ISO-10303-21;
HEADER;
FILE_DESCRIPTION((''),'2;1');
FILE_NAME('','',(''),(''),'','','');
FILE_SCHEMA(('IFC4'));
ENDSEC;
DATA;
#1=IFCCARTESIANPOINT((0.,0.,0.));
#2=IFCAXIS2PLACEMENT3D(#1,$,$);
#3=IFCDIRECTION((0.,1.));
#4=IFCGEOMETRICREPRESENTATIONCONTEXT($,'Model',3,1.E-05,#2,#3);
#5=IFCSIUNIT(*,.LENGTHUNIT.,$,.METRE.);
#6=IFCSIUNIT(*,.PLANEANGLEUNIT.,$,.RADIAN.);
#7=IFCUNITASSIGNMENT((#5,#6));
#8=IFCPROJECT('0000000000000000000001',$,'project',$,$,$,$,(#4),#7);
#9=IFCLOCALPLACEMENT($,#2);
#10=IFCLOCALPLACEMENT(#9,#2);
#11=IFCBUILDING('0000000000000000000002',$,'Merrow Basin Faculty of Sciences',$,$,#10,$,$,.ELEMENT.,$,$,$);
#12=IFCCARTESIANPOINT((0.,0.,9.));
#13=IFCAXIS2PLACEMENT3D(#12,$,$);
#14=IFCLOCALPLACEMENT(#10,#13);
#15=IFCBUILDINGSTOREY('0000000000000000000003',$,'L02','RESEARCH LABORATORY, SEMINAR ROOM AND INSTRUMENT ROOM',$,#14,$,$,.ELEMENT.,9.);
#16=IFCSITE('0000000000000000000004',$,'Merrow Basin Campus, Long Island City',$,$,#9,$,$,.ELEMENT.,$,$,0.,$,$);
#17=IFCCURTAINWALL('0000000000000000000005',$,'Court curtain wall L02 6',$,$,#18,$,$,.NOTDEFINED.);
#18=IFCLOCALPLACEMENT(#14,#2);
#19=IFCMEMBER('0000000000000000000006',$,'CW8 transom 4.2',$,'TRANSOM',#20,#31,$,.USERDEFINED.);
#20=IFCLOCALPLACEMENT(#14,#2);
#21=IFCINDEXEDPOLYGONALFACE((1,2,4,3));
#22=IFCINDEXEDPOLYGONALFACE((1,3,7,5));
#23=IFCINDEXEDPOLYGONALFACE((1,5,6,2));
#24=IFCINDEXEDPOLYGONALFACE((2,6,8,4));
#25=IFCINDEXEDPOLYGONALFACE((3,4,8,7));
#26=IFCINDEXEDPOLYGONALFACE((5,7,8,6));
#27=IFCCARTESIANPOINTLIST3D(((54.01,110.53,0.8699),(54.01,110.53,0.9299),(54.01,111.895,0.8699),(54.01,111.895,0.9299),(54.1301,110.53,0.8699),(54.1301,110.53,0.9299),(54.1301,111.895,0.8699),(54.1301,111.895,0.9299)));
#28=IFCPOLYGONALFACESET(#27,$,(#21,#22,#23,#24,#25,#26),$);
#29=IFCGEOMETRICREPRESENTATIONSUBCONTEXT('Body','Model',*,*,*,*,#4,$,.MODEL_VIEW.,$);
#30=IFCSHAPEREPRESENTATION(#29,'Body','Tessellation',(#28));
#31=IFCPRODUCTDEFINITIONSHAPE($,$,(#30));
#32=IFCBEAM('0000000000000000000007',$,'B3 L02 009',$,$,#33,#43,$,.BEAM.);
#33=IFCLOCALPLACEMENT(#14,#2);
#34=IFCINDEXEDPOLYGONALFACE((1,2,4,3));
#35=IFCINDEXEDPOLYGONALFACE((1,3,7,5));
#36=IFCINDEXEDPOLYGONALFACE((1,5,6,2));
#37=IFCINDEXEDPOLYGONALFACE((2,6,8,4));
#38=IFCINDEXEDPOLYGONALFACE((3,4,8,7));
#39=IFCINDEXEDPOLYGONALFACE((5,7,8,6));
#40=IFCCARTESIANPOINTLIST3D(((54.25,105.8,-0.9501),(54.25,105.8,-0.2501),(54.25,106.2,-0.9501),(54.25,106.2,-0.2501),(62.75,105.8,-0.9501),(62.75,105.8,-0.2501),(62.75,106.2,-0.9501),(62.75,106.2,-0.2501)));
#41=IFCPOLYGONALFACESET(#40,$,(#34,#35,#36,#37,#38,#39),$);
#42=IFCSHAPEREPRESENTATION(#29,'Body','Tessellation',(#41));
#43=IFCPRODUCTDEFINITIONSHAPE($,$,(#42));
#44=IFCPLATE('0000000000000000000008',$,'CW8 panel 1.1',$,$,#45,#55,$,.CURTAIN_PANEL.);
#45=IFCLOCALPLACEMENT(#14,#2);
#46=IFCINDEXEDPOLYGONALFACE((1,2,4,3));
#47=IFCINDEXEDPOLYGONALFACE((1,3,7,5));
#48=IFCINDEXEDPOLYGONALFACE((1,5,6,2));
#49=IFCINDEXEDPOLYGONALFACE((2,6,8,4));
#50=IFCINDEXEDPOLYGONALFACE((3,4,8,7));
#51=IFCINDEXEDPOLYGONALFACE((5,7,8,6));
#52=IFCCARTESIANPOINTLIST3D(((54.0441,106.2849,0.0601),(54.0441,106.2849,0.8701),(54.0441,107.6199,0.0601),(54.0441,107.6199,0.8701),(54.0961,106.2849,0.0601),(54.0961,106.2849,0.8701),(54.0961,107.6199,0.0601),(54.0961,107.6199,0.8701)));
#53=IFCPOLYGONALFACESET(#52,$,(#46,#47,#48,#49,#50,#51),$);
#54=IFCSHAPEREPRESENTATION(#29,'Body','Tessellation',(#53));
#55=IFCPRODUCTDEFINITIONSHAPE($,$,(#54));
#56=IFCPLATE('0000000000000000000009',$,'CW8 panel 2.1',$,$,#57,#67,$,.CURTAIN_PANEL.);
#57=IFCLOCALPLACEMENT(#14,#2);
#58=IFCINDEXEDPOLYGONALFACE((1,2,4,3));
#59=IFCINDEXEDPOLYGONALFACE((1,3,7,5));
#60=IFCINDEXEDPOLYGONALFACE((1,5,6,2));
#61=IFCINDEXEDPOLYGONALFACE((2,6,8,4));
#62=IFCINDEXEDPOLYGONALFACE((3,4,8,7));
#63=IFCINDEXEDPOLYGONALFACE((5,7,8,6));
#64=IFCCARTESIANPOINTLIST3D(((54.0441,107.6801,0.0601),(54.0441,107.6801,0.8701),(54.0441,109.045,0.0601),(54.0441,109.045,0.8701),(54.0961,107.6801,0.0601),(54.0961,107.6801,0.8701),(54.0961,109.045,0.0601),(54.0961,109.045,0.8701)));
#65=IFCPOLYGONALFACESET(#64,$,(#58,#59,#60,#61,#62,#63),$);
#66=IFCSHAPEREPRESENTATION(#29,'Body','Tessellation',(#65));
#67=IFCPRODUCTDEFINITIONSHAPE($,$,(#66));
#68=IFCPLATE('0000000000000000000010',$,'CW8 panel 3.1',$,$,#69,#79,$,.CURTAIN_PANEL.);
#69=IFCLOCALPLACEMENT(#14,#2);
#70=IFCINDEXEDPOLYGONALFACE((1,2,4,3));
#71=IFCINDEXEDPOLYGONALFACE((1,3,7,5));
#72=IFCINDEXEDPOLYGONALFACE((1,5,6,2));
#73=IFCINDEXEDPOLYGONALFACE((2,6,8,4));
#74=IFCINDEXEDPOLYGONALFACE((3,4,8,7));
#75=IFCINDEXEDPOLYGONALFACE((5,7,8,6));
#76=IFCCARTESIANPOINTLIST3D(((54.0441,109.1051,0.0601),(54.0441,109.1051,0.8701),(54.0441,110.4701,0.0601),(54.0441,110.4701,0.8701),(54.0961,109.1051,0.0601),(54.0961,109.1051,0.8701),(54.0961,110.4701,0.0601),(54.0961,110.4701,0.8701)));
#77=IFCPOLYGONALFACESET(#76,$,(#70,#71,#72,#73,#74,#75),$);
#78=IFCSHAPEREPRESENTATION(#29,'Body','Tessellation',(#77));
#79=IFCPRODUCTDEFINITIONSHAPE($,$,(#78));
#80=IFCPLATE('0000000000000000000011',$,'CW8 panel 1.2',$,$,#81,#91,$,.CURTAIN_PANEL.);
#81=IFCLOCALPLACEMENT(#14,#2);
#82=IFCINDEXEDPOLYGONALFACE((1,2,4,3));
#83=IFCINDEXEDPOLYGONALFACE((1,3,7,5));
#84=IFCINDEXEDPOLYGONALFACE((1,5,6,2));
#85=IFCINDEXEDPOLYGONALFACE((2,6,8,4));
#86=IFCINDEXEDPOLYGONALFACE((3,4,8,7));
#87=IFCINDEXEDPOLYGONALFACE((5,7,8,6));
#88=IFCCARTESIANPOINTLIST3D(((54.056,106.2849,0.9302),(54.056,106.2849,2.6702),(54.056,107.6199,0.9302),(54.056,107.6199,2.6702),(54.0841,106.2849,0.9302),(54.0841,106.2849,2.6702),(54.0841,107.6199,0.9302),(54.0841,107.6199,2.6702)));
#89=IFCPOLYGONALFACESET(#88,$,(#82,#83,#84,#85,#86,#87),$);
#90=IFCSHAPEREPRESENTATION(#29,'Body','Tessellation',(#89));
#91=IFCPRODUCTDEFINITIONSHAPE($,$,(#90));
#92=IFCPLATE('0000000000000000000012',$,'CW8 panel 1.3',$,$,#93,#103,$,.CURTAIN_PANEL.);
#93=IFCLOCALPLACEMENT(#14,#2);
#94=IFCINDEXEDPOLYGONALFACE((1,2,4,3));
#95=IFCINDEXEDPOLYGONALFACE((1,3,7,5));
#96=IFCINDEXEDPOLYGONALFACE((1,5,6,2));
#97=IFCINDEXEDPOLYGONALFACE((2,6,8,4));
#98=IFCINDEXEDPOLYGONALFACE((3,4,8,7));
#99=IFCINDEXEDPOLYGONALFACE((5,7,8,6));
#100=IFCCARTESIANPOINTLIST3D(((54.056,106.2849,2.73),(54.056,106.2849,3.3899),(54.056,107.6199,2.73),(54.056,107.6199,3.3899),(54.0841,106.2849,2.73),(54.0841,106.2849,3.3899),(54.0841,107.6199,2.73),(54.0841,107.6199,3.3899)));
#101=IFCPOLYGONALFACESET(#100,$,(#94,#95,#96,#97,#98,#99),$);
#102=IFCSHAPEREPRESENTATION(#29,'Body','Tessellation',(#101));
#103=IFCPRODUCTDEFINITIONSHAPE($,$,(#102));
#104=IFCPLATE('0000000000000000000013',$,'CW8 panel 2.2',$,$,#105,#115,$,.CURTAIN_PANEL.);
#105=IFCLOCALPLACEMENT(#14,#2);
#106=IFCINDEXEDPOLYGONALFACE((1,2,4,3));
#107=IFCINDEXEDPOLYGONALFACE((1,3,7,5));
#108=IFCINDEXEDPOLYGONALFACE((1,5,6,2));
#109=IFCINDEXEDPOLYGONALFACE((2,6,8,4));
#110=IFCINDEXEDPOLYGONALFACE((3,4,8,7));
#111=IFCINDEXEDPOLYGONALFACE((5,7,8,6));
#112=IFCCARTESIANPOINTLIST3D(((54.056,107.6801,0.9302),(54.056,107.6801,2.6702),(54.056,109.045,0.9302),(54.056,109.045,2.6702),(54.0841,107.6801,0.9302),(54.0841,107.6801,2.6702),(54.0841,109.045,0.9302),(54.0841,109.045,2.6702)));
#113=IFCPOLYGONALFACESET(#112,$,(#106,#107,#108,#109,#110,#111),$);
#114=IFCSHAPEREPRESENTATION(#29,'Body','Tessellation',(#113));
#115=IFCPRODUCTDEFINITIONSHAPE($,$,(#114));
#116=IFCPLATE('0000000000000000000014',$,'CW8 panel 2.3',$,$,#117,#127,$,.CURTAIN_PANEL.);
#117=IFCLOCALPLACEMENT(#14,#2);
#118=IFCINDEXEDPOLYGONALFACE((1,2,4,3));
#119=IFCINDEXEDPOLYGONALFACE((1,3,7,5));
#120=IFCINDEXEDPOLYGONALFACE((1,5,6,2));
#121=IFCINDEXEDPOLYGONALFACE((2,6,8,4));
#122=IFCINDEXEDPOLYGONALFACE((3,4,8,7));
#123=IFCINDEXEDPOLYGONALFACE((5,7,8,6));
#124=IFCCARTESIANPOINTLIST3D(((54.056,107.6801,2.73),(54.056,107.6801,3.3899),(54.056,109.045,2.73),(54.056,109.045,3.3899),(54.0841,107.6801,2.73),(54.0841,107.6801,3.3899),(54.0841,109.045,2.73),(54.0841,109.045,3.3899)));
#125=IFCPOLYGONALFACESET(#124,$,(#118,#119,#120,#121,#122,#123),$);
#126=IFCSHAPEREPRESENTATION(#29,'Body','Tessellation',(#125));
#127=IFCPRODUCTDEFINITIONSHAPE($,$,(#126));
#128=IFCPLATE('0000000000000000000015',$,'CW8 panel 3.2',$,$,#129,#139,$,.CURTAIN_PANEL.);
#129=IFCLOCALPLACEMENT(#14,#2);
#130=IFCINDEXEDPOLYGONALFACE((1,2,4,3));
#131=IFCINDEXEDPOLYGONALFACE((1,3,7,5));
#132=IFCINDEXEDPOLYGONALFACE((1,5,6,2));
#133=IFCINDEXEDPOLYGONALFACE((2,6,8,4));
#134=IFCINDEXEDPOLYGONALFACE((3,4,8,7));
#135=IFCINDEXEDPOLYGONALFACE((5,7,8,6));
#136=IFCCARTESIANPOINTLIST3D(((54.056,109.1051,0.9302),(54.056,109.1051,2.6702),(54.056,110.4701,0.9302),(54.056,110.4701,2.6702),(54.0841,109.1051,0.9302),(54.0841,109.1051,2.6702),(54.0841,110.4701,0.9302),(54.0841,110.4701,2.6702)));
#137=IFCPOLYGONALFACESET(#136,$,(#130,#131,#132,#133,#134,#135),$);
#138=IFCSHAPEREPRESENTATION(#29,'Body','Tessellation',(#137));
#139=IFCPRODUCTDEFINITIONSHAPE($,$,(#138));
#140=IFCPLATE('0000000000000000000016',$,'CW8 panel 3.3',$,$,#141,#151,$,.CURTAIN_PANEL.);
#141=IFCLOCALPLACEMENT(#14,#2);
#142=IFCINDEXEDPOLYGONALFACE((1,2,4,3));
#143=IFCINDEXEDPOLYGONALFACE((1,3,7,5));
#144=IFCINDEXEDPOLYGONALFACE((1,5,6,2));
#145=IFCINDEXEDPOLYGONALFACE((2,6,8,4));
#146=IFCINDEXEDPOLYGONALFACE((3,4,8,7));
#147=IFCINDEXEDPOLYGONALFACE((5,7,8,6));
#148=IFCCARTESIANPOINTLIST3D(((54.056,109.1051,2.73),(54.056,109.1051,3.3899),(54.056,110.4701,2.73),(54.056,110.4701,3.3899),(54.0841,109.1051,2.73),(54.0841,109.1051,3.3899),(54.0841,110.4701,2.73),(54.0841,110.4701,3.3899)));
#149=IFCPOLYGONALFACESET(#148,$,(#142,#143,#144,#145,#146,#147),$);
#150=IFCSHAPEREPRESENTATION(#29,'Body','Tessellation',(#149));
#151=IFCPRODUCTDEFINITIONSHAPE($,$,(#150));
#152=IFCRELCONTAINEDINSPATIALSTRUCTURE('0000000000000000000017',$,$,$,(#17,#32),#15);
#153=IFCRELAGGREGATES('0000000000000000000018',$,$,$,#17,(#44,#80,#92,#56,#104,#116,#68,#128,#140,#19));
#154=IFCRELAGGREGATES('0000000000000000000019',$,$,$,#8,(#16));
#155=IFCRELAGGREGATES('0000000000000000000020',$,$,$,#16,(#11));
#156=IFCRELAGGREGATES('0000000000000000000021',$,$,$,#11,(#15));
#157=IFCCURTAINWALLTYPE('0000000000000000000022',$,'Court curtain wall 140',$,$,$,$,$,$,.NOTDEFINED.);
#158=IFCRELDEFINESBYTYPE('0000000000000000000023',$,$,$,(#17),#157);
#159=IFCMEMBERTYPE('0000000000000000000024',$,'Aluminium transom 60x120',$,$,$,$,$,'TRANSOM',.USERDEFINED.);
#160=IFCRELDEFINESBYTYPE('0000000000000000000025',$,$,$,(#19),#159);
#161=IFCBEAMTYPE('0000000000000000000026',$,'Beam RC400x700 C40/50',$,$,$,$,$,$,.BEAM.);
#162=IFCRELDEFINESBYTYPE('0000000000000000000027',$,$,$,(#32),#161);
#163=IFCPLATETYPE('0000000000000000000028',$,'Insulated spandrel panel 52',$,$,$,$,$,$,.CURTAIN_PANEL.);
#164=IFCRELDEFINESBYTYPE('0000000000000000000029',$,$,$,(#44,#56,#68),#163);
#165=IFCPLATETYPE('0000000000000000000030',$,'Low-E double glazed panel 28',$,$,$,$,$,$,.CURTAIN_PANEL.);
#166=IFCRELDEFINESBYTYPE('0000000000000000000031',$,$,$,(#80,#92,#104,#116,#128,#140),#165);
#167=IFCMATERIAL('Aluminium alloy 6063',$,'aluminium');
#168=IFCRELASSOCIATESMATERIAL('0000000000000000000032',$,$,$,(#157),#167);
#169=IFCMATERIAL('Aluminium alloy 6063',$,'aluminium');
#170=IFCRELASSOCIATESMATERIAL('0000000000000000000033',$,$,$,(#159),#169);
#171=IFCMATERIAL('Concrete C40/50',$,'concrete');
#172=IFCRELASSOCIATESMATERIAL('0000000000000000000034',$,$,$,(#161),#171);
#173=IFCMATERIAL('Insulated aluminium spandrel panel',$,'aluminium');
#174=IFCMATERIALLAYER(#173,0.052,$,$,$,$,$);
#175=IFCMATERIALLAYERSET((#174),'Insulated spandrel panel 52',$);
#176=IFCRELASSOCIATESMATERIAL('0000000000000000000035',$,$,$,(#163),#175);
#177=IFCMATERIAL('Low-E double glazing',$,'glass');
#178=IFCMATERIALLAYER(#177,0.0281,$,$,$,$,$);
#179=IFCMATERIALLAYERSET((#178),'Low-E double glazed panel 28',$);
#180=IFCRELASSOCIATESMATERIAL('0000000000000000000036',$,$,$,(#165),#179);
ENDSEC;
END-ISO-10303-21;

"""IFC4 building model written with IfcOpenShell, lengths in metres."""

from ifc_helpers import new_model, si_unit, direction, frame, origin, origin_2d, place, context, subcontext, project, spatial, rectangle, extrude, material, layer, layer_set, material_profile, profile_set, type_object, element, aggregate, save


model = new_model("IFC4")

# Units and contexts
model_context = context("Model", 3, precision=1e-05, world=origin(), true_north=direction((0.0, 1.0)))
body_context = subcontext(model_context, "Body", "Model", "MODEL_VIEW")
ifc_project = project(units=[si_unit("LENGTHUNIT", "METRE"), si_unit("PLANEANGLEUNIT", "RADIAN")], contexts=[model_context])

# Site, building, storey
site_placement = place(None, origin())
site = spatial("IfcSite", under=ifc_project, at=site_placement, Name="Merrow Basin Campus, Long Island City", CompositionType="ELEMENT", RefElevation=0.0)
building_placement = place(site_placement, origin())
building = spatial("IfcBuilding", under=site, at=building_placement, Name="Merrow Basin Faculty of Sciences", CompositionType="ELEMENT")
storey_placement = place(building_placement, frame((0.0, 0.0, 9.0)))
storey = spatial("IfcBuildingStorey", under=building, at=storey_placement, Name="L02", Description="RESEARCH LABORATORY, SEMINAR ROOM AND INSTRUMENT ROOM", CompositionType="ELEMENT", Elevation=9.0)

# Curtain wall, member
ifc_material_1 = material(Name="Aluminium alloy 6063", Category="aluminium")
curtain_wall_type = type_object("IfcCurtainWallType", Name="Court curtain wall 140", PredefinedType="NOTDEFINED", material=ifc_material_1)
curtain_wall_placement = place(storey_placement, origin())
curtain_wall = element("IfcCurtainWall", 1, at=curtain_wall_placement, inside=storey, type_object=curtain_wall_type, Name="Court curtain wall L02 6", PredefinedType="NOTDEFINED")
ifc_material_2 = material(Name="Aluminium alloy 6063", Category="aluminium")
ifc_material_profile_1 = material_profile(ifc_material_2, rectangle(XDim=0.1201, YDim=0.0601, at=origin_2d()))
ifc_profile_set_1 = profile_set([ifc_material_profile_1], Name="Aluminium alloy 6063")
member_type_1 = type_object("IfcMemberType", Name="Aluminium transom 60x120", ElementType="TRANSOM", PredefinedType="USERDEFINED", material=ifc_profile_set_1)
member_1_placement = place(storey_placement, frame((54.0701, 110.53, 0.8999), z_axis=(0.0, 1.0, 0.0), x_axis=(-1.0, 0.0, 0.0)))
member_1 = element("IfcMember", 2, at=member_1_placement, type_object=member_type_1, Name="CW8 transom 4.2", ObjectType="TRANSOM", PredefinedType="USERDEFINED", context=body_context, shape_type="SweptSolid", body=[
    extrude(rectangle(XDim=0.1201, YDim=0.0601, at=origin_2d()), origin(), (0.0, 0.0, 1.0), 1.365),
])

# Beam
ifc_material_3 = material(Name="Concrete C40/50", Category="concrete")
ifc_material_profile_2 = material_profile(ifc_material_3, rectangle(XDim=0.3999, YDim=0.7, at=origin_2d()))
ifc_profile_set_2 = profile_set([ifc_material_profile_2], Name="Concrete C40/50")
beam_type = type_object("IfcBeamType", Name="Beam RC400x700 C40/50", PredefinedType="BEAM", material=ifc_profile_set_2)
beam_placement = place(storey_placement, frame((54.25, 106.0, -0.6001), z_axis=(1.0, 0.0, 0.0), x_axis=(0.0, 1.0, 0.0)))
element("IfcBeam", 3, at=beam_placement, inside=storey, type_object=beam_type, Name="B3 L02 009", PredefinedType="BEAM", context=body_context, shape_type="SweptSolid", body=[
    extrude(rectangle(XDim=0.3999, YDim=0.7, at=origin_2d()), origin(), (0.0, 0.0, 1.0), 8.5),
])

# Plates
ifc_material_4 = material(Name="Insulated aluminium spandrel panel", Category="aluminium")
ifc_layer_1 = layer(ifc_material_4, 0.052)
ifc_layer_set_1 = layer_set([ifc_layer_1], Name="Insulated spandrel panel 52")
plate_type_1 = type_object("IfcPlateType", Name="Insulated spandrel panel 52", PredefinedType="CURTAIN_PANEL", material=ifc_layer_set_1)
plate_1_placement = place(storey_placement, frame((54.0701, 106.9524, 0.0601), z_axis=(0.0, 0.0, 1.0), x_axis=(0.0, 1.0, 0.0)))
plate_1 = element("IfcPlate", 4, at=plate_1_placement, type_object=plate_type_1, Name="CW8 panel 1.1", PredefinedType="CURTAIN_PANEL", context=body_context, shape_type="SweptSolid", body=[
    extrude(rectangle(XDim=1.335, YDim=0.052, at=origin_2d()), origin(), (0.0, 0.0, 1.0), 0.8101),
])
plate_2_placement = place(storey_placement, frame((54.0701, 108.3625, 0.0601), z_axis=(0.0, 0.0, 1.0), x_axis=(0.0, 1.0, 0.0)))
plate_2 = element("IfcPlate", 5, at=plate_2_placement, type_object=plate_type_1, Name="CW8 panel 2.1", PredefinedType="CURTAIN_PANEL", context=body_context, shape_type="SweptSolid", body=[
    extrude(rectangle(XDim=1.365, YDim=0.052, at=origin_2d()), origin(), (0.0, 0.0, 1.0), 0.8101),
])
plate_3_placement = place(storey_placement, frame((54.0701, 109.7876, 0.0601), z_axis=(0.0, 0.0, 1.0), x_axis=(0.0, 1.0, 0.0)))
plate_3 = element("IfcPlate", 6, at=plate_3_placement, type_object=plate_type_1, Name="CW8 panel 3.1", PredefinedType="CURTAIN_PANEL", context=body_context, shape_type="SweptSolid", body=[
    extrude(rectangle(XDim=1.365, YDim=0.052, at=origin_2d()), origin(), (0.0, 0.0, 1.0), 0.8101),
])
ifc_material_5 = material(Name="Low-E double glazing", Category="glass")
ifc_layer_2 = layer(ifc_material_5, 0.0281)
ifc_layer_set_2 = layer_set([ifc_layer_2], Name="Low-E double glazed panel 28")
plate_type_2 = type_object("IfcPlateType", Name="Low-E double glazed panel 28", PredefinedType="CURTAIN_PANEL", material=ifc_layer_set_2)
plate_4_placement = place(storey_placement, frame((54.0701, 106.9524, 0.9302), z_axis=(0.0, 0.0, 1.0), x_axis=(0.0, 1.0, 0.0)))
plate_4 = element("IfcPlate", 7, at=plate_4_placement, type_object=plate_type_2, Name="CW8 panel 1.2", PredefinedType="CURTAIN_PANEL", context=body_context, shape_type="SweptSolid", body=[
    extrude(rectangle(XDim=1.335, YDim=0.0281, at=origin_2d()), origin(), (0.0, 0.0, 1.0), 1.74),
])
plate_5_placement = place(storey_placement, frame((54.0701, 106.9524, 2.73), z_axis=(0.0, 0.0, 1.0), x_axis=(0.0, 1.0, 0.0)))
plate_5 = element("IfcPlate", 8, at=plate_5_placement, type_object=plate_type_2, Name="CW8 panel 1.3", PredefinedType="CURTAIN_PANEL", context=body_context, shape_type="SweptSolid", body=[
    extrude(rectangle(XDim=1.335, YDim=0.0281, at=origin_2d()), origin(), (0.0, 0.0, 1.0), 0.6599),
])
plate_6_placement = place(storey_placement, frame((54.0701, 108.3625, 0.9302), z_axis=(0.0, 0.0, 1.0), x_axis=(0.0, 1.0, 0.0)))
plate_6 = element("IfcPlate", 9, at=plate_6_placement, type_object=plate_type_2, Name="CW8 panel 2.2", PredefinedType="CURTAIN_PANEL", context=body_context, shape_type="SweptSolid", body=[
    extrude(rectangle(XDim=1.365, YDim=0.0281, at=origin_2d()), origin(), (0.0, 0.0, 1.0), 1.74),
])
plate_7_placement = place(storey_placement, frame((54.0701, 108.3625, 2.73), z_axis=(0.0, 0.0, 1.0), x_axis=(0.0, 1.0, 0.0)))
plate_7 = element("IfcPlate", 10, at=plate_7_placement, type_object=plate_type_2, Name="CW8 panel 2.3", PredefinedType="CURTAIN_PANEL", context=body_context, shape_type="SweptSolid", body=[
    extrude(rectangle(XDim=1.365, YDim=0.0281, at=origin_2d()), origin(), (0.0, 0.0, 1.0), 0.6599),
])
plate_8_placement = place(storey_placement, frame((54.0701, 109.7876, 0.9302), z_axis=(0.0, 0.0, 1.0), x_axis=(0.0, 1.0, 0.0)))
plate_8 = element("IfcPlate", 11, at=plate_8_placement, type_object=plate_type_2, Name="CW8 panel 3.2", PredefinedType="CURTAIN_PANEL", context=body_context, shape_type="SweptSolid", body=[
    extrude(rectangle(XDim=1.365, YDim=0.0281, at=origin_2d()), origin(), (0.0, 0.0, 1.0), 1.74),
])
plate_9_placement = place(storey_placement, frame((54.0701, 109.7876, 2.73), z_axis=(0.0, 0.0, 1.0), x_axis=(0.0, 1.0, 0.0)))
plate_9 = element("IfcPlate", 12, at=plate_9_placement, type_object=plate_type_2, Name="CW8 panel 3.3", PredefinedType="CURTAIN_PANEL", context=body_context, shape_type="SweptSolid", body=[
    extrude(rectangle(XDim=1.365, YDim=0.0281, at=origin_2d()), origin(), (0.0, 0.0, 1.0), 0.6599),
])
aggregate(curtain_wall, [plate_1, plate_4, plate_5, plate_2, plate_6, plate_7, plate_3, plate_8, plate_9, member_1])

save(model, "model.ifc")
